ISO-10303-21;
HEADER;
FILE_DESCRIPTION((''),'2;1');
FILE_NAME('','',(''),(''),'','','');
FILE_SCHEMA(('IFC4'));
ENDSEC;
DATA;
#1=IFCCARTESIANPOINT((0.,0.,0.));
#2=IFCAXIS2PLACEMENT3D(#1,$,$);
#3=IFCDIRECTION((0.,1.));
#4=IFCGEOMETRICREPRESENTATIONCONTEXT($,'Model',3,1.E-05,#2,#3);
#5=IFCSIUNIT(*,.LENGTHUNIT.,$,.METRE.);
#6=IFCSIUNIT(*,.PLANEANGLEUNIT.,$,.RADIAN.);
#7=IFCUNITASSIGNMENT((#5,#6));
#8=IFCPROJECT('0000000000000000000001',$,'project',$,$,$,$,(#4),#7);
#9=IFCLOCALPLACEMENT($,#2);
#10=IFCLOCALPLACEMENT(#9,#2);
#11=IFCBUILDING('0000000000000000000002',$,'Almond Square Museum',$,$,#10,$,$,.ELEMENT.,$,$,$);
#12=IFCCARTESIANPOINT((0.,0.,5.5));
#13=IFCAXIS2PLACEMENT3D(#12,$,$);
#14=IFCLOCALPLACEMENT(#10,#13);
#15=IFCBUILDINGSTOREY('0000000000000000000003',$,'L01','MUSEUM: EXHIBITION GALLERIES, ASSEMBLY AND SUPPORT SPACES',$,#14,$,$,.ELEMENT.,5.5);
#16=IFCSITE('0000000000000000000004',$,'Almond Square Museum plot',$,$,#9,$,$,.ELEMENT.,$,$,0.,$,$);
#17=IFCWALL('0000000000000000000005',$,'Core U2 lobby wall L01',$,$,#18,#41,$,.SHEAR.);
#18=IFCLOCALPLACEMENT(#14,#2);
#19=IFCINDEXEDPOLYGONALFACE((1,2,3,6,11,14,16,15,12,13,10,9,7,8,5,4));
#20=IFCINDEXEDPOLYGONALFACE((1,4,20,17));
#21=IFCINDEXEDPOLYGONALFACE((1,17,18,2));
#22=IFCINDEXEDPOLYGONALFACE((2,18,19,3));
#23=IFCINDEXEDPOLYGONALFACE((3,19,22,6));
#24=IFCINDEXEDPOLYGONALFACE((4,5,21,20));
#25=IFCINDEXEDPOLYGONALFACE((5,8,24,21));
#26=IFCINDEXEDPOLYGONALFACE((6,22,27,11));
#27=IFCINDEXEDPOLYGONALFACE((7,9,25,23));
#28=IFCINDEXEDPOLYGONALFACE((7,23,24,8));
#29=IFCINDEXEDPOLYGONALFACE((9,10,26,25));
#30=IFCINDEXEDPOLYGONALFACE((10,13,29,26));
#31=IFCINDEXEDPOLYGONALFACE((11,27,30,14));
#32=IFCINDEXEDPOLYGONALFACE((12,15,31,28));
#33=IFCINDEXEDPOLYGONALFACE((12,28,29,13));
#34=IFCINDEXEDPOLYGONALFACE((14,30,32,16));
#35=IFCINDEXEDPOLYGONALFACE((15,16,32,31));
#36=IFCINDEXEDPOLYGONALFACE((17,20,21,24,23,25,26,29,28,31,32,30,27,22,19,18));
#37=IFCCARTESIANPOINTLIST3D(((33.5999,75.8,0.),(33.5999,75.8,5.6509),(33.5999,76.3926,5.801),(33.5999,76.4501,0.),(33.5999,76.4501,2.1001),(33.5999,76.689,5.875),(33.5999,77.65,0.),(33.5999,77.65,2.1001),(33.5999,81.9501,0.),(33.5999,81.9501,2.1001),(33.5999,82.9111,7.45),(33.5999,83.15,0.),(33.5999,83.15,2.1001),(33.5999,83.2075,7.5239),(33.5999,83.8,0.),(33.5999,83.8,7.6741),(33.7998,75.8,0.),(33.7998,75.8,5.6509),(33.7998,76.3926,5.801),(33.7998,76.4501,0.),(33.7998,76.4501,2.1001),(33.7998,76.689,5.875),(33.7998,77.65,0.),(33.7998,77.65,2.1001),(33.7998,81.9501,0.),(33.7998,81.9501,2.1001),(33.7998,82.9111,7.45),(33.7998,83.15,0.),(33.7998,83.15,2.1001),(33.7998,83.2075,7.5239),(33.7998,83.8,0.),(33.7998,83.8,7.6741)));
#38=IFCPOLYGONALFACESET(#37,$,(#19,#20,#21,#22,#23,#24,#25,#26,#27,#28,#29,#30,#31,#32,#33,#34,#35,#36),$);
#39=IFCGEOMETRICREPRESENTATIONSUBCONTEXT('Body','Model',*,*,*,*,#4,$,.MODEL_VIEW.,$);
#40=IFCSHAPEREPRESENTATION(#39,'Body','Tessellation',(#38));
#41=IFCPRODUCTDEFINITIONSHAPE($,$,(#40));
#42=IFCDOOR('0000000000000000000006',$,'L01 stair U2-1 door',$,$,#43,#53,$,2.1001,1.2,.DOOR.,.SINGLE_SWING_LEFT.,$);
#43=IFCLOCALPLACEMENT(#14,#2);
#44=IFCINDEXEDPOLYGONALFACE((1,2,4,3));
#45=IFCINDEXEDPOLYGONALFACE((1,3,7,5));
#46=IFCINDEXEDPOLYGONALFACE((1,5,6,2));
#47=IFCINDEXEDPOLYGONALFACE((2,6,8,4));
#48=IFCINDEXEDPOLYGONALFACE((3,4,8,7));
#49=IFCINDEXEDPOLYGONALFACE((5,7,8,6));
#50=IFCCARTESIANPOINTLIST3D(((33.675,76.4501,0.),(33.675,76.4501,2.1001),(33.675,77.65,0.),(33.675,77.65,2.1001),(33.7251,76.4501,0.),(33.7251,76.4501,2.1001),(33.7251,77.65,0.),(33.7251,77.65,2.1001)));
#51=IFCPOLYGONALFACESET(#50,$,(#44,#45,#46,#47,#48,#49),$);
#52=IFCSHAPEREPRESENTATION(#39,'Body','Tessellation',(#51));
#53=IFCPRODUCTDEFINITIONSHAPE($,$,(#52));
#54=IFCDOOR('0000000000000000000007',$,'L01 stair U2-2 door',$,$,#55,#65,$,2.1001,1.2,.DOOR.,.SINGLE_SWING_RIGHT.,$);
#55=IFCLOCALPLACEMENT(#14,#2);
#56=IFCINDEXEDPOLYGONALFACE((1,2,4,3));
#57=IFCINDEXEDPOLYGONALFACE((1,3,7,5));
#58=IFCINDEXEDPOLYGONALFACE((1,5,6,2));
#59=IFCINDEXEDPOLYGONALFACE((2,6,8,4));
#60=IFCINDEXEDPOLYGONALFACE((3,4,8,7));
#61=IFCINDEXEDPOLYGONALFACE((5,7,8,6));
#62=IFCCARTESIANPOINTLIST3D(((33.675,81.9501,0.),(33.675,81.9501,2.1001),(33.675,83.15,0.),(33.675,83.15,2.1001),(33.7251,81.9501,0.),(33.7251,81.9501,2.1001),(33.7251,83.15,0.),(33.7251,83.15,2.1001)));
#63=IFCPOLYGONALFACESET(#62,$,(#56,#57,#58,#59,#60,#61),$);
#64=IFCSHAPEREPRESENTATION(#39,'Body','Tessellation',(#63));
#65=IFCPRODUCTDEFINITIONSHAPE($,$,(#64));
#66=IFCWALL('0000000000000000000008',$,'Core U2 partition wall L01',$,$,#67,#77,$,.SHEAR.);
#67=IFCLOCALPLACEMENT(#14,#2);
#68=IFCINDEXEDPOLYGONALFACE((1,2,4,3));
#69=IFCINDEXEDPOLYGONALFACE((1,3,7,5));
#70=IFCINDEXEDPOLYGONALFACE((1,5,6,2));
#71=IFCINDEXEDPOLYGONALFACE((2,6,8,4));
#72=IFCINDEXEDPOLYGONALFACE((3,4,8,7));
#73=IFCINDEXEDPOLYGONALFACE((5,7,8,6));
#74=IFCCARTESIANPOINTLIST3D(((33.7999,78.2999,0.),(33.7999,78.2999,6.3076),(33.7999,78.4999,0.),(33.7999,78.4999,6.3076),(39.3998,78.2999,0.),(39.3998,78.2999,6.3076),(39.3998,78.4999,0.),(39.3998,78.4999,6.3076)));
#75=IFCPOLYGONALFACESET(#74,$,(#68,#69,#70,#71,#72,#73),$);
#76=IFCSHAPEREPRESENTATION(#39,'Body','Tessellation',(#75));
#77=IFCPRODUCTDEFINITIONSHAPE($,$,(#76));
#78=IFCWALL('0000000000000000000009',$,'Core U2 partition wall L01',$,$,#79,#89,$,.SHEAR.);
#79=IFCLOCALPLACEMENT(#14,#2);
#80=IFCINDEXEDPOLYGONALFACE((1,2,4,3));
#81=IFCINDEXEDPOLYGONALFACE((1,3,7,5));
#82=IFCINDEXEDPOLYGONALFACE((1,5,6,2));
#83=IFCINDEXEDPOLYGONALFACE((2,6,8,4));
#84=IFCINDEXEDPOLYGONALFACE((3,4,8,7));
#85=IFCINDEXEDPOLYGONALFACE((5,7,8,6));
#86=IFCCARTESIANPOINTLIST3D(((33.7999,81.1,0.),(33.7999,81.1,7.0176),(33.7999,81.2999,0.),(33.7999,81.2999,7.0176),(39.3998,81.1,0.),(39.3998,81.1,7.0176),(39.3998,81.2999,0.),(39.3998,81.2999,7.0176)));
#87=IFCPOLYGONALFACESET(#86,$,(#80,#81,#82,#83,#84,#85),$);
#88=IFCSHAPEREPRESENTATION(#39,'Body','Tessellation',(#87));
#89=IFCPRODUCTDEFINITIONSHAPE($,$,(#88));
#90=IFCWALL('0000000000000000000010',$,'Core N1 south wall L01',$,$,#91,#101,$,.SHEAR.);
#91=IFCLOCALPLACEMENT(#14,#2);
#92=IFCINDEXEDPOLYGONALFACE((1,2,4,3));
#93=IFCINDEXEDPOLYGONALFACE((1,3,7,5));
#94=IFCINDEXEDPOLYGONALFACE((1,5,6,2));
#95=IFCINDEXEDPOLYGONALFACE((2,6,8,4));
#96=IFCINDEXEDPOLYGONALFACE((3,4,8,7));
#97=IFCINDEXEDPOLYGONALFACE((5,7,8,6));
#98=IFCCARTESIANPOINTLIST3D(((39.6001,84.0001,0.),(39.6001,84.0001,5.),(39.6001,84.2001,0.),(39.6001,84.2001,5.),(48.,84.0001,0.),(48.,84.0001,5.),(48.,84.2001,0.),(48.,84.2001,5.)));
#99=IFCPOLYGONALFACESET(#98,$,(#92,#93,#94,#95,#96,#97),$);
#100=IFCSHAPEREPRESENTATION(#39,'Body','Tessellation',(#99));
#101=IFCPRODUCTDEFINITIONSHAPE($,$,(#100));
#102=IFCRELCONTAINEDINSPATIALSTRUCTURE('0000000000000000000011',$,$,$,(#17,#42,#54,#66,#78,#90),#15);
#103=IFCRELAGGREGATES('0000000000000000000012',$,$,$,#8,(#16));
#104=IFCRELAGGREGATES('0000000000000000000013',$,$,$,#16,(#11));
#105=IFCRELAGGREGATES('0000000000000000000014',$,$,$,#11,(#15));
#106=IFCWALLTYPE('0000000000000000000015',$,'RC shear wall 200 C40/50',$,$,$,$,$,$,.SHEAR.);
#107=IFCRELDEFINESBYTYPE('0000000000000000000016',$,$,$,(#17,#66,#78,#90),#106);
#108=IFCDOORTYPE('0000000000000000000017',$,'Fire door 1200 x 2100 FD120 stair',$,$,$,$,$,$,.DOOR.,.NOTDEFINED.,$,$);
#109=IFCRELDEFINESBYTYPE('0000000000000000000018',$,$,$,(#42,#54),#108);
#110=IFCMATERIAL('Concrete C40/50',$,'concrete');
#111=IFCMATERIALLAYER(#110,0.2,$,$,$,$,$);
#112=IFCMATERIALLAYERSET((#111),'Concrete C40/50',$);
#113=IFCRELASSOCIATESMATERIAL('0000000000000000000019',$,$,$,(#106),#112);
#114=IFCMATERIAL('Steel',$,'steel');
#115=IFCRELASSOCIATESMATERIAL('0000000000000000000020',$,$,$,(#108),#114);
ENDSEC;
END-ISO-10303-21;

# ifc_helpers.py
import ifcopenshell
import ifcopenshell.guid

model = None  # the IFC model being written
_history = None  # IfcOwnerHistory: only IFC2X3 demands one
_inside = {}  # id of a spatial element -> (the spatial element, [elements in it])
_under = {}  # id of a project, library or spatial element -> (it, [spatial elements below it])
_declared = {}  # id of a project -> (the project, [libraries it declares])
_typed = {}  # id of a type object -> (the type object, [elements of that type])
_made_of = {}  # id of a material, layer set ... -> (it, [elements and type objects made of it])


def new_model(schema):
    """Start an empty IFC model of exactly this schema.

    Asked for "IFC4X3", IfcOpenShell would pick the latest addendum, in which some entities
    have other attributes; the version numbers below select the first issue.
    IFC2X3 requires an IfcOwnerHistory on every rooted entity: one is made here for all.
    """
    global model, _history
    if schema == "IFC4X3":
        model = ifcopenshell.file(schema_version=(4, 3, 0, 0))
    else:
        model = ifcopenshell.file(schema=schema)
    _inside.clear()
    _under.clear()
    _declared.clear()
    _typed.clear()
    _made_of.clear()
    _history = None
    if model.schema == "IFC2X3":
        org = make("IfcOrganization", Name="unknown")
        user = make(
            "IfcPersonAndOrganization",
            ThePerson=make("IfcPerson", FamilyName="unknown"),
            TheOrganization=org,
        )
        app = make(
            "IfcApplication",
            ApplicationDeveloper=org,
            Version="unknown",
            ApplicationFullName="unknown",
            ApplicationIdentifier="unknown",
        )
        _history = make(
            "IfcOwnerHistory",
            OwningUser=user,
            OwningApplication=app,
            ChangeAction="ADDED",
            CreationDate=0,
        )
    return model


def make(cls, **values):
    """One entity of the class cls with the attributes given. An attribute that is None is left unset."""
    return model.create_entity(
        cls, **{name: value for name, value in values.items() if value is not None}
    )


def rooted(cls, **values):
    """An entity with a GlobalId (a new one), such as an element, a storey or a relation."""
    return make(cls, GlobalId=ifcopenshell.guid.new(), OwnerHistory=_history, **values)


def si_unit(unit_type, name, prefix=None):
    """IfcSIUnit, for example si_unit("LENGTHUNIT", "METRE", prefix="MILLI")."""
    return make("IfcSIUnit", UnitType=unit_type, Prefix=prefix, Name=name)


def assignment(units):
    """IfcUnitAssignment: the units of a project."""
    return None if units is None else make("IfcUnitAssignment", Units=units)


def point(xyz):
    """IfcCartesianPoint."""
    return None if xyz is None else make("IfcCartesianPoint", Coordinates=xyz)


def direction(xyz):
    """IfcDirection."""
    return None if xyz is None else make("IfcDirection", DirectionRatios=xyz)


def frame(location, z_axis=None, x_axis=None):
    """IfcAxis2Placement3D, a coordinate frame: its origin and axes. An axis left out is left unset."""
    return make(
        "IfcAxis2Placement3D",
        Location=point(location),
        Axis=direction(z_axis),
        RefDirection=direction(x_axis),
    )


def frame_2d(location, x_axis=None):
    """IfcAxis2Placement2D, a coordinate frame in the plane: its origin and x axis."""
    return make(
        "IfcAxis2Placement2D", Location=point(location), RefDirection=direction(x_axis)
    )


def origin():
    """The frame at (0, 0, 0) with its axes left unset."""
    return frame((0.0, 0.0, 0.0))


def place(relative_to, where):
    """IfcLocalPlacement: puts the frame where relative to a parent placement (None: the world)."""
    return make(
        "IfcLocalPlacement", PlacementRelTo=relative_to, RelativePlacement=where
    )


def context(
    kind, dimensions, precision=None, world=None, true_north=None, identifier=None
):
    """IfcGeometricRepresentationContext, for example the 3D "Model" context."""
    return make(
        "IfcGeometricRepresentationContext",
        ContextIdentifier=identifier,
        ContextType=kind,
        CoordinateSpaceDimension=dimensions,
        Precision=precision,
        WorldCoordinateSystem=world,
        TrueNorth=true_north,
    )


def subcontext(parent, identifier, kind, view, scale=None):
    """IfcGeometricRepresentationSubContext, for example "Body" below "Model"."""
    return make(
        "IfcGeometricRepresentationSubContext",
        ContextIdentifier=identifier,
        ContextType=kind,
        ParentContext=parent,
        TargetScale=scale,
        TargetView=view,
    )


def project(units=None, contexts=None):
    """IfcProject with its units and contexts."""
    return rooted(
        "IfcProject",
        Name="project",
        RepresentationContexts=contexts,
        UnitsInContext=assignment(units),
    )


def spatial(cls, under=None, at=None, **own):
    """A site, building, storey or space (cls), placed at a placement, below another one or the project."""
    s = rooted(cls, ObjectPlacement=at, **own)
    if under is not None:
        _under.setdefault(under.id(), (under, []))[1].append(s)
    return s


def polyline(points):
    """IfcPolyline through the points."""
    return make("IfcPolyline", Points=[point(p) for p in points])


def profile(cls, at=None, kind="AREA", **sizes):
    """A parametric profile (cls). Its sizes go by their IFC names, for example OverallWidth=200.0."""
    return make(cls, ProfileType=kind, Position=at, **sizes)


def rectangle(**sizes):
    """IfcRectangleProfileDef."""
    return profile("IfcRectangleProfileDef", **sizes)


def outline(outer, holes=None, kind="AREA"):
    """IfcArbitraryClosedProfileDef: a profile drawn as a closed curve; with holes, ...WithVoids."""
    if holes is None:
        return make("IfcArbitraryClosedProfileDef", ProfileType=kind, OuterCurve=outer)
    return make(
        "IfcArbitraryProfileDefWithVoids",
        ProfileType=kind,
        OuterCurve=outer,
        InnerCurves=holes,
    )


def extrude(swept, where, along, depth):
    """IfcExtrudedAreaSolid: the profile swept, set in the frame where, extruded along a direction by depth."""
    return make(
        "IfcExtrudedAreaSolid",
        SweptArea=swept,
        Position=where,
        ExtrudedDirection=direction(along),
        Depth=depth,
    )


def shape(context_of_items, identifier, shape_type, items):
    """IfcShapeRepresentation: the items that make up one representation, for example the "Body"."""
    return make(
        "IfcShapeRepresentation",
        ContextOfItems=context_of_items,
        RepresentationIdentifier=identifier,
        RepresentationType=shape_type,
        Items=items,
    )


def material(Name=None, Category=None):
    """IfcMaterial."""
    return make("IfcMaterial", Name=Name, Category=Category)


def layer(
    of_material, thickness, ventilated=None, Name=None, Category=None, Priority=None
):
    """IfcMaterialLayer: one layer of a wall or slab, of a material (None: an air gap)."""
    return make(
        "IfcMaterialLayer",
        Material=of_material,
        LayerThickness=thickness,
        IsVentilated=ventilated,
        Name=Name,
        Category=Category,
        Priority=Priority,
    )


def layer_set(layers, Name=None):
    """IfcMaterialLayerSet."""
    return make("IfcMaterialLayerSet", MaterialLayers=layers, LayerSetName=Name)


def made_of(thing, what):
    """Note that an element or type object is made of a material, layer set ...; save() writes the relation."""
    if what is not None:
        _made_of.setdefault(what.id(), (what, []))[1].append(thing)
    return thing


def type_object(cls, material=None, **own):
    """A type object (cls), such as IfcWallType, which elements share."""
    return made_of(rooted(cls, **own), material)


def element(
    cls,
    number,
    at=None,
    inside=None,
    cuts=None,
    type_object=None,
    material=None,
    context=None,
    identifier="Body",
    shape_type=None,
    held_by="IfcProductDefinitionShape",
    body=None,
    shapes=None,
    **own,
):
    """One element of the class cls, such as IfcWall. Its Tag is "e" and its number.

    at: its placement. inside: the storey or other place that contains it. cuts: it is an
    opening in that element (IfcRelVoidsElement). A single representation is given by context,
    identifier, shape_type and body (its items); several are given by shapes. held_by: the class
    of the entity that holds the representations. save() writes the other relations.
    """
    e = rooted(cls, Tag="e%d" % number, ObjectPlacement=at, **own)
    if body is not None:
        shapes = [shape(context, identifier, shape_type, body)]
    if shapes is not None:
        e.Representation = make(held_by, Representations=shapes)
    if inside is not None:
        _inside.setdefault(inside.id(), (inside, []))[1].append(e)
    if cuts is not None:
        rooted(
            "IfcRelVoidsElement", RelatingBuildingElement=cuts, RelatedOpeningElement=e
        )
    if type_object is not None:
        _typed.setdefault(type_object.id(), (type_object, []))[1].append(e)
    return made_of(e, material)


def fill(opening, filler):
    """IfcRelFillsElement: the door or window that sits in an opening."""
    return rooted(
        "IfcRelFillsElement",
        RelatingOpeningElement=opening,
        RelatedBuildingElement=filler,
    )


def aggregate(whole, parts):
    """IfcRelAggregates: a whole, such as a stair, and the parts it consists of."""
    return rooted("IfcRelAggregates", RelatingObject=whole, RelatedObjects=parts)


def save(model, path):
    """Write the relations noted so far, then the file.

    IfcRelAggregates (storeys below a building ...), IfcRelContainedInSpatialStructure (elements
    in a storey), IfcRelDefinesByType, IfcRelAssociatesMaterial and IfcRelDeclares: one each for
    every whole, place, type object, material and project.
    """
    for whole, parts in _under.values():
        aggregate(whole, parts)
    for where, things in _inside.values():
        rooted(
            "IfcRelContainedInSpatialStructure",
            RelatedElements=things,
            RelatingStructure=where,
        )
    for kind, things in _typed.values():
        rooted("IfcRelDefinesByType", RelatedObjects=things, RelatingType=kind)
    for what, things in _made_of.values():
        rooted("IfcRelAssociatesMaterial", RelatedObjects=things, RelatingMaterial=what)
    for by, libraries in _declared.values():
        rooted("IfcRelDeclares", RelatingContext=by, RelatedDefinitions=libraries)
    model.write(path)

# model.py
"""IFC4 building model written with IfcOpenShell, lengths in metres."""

from ifc_helpers import new_model, si_unit, direction, frame, frame_2d, origin, place, context, subcontext, project, spatial, polyline, rectangle, outline, extrude, material, layer, layer_set, type_object, element, fill, save


model = new_model("IFC4")

# Units and contexts
model_context = context("Model", 3, precision=1e-05, world=origin(), true_north=direction((0.0, 1.0)))
body_context = subcontext(model_context, "Body", "Model", "MODEL_VIEW")
ifc_project = project(units=[si_unit("LENGTHUNIT", "METRE"), si_unit("PLANEANGLEUNIT", "RADIAN")], contexts=[model_context])

# Site, building, storey
site_placement = place(None, origin())
site = spatial("IfcSite", under=ifc_project, at=site_placement, Name="Almond Square Museum plot", CompositionType="ELEMENT", RefElevation=0.0)
building_placement = place(site_placement, origin())
building = spatial("IfcBuilding", under=site, at=building_placement, Name="Almond Square Museum", CompositionType="ELEMENT")
storey_placement = place(building_placement, frame((0.0, 0.0, 5.5)))
storey = spatial("IfcBuildingStorey", under=building, at=storey_placement, Name="L01", Description="MUSEUM: EXHIBITION GALLERIES, ASSEMBLY AND SUPPORT SPACES", CompositionType="ELEMENT", Elevation=5.5)

# Shared definitions
ifc_material_1 = material(Name="Concrete C40/50", Category="concrete")
ifc_layer_1 = layer(ifc_material_1, 0.2)
ifc_layer_set_1 = layer_set([ifc_layer_1], Name="Concrete C40/50")
wall_type_1 = type_object("IfcWallType", Name="RC shear wall 200 C40/50", PredefinedType="SHEAR", material=ifc_layer_set_1)

# Wall, openings, doors
wall_1_placement = place(storey_placement, frame((33.7, 75.8, 0.0), z_axis=(0.0, 0.0, 1.0), x_axis=(0.0, 1.0, 0.0)))
wall_1 = element("IfcWall", 1, at=wall_1_placement, inside=storey, type_object=wall_type_1, Name="Core U2 lobby wall L01", PredefinedType="SHEAR", context=body_context, shape_type="SweptSolid", body=[
    extrude(outline(polyline([(0.0, 0.0), (8.0, 0.0), (8.0, 7.6741), (7.4075, 7.5239), (7.1111, 7.45), (0.8889, 5.875), (0.5925, 5.801), (0.0, 5.6509), (0.0, 0.0)])), frame((0.0, 0.1001, 0.0), z_axis=(0.0, -1.0, 0.0), x_axis=(1.0, 0.0, 0.0)), (0.0, 0.0, 1.0), 0.2),
])
opening_1_placement = place(wall_1_placement, frame((0.6499, 0.0, 0.0)))
opening_1 = element("IfcOpeningElement", 2, at=opening_1_placement, cuts=wall_1, PredefinedType="OPENING", context=body_context, shape_type="SweptSolid", body=[
    extrude(rectangle(XDim=1.2, YDim=2.1001, at=frame_2d((0.6001, 1.05))), frame((0.0, 0.1099, 0.0), z_axis=(0.0, -1.0, 0.0), x_axis=(1.0, 0.0, 0.0)), (0.0, 0.0, 1.0), 0.22),
])
opening_2_placement = place(wall_1_placement, frame((6.1499, 0.0, 0.0)))
opening_2 = element("IfcOpeningElement", 3, at=opening_2_placement, cuts=wall_1, PredefinedType="OPENING", context=body_context, shape_type="SweptSolid", body=[
    extrude(rectangle(XDim=1.2, YDim=2.1001, at=frame_2d((0.6001, 1.05))), frame((0.0, 0.1099, 0.0), z_axis=(0.0, -1.0, 0.0), x_axis=(1.0, 0.0, 0.0)), (0.0, 0.0, 1.0), 0.22),
])
ifc_material_2 = material(Name="Steel", Category="steel")
door_type_1 = type_object("IfcDoorType", Name="Fire door 1200 x 2100 FD120 stair", OperationType="NOTDEFINED", PredefinedType="DOOR", material=ifc_material_2)
door_1_placement = place(opening_1_placement, origin())
door_1 = element("IfcDoor", 4, at=door_1_placement, inside=storey, type_object=door_type_1, Name="L01 stair U2-1 door", OperationType="SINGLE_SWING_LEFT", OverallHeight=2.1001, OverallWidth=1.2, PredefinedType="DOOR", context=body_context, shape_type="SweptSolid", body=[
    extrude(rectangle(XDim=1.2, YDim=2.1001, at=frame_2d((0.6001, 1.05))), frame((0.0, 0.0249, 0.0), z_axis=(0.0, -1.0, 0.0), x_axis=(1.0, 0.0, 0.0)), (0.0, 0.0, 1.0), 0.05),
])
fill(opening_1, door_1)
door_2_placement = place(opening_2_placement, origin())
door_2 = element("IfcDoor", 5, at=door_2_placement, inside=storey, type_object=door_type_1, Name="L01 stair U2-2 door", OperationType="SINGLE_SWING_RIGHT", OverallHeight=2.1001, OverallWidth=1.2, PredefinedType="DOOR", context=body_context, shape_type="SweptSolid", body=[
    extrude(rectangle(XDim=1.2, YDim=2.1001, at=frame_2d((0.6001, 1.05))), frame((0.0, 0.0249, 0.0), z_axis=(0.0, -1.0, 0.0), x_axis=(1.0, 0.0, 0.0)), (0.0, 0.0, 1.0), 0.05),
])
fill(opening_2, door_2)

# Walls
wall_2_placement = place(storey_placement, frame((33.8, 78.3999, 0.0), z_axis=(0.0, 0.0, 1.0), x_axis=(1.0, 0.0, 0.0)))
element("IfcWall", 6, at=wall_2_placement, inside=storey, type_object=wall_type_1, Name="Core U2 partition wall L01", PredefinedType="SHEAR", context=body_context, shape_type="SweptSolid", body=[
    extrude(rectangle(XDim=5.5999, YDim=0.2, at=frame_2d((2.7998, 0.0))), origin(), (0.0, 0.0, 1.0), 6.3076),
])
wall_3_placement = place(storey_placement, frame((33.8, 81.2, 0.0), z_axis=(0.0, 0.0, 1.0), x_axis=(1.0, 0.0, 0.0)))
element("IfcWall", 7, at=wall_3_placement, inside=storey, type_object=wall_type_1, Name="Core U2 partition wall L01", PredefinedType="SHEAR", context=body_context, shape_type="SweptSolid", body=[
    extrude(rectangle(XDim=5.5999, YDim=0.2, at=frame_2d((2.7998, 0.0))), origin(), (0.0, 0.0, 1.0), 7.0176),
])
wall_4_placement = place(storey_placement, frame((39.6001, 84.1001, 0.0), z_axis=(0.0, 0.0, 1.0), x_axis=(1.0, 0.0, 0.0)))
element("IfcWall", 8, at=wall_4_placement, inside=storey, type_object=wall_type_1, Name="Core N1 south wall L01", PredefinedType="SHEAR", context=body_context, shape_type="SweptSolid", body=[
    extrude(rectangle(XDim=8.3999, YDim=0.2, at=frame_2d((4.2, 0.0))), origin(), (0.0, 0.0, 1.0), 5.0),
])

save(model, "model.ifc")
